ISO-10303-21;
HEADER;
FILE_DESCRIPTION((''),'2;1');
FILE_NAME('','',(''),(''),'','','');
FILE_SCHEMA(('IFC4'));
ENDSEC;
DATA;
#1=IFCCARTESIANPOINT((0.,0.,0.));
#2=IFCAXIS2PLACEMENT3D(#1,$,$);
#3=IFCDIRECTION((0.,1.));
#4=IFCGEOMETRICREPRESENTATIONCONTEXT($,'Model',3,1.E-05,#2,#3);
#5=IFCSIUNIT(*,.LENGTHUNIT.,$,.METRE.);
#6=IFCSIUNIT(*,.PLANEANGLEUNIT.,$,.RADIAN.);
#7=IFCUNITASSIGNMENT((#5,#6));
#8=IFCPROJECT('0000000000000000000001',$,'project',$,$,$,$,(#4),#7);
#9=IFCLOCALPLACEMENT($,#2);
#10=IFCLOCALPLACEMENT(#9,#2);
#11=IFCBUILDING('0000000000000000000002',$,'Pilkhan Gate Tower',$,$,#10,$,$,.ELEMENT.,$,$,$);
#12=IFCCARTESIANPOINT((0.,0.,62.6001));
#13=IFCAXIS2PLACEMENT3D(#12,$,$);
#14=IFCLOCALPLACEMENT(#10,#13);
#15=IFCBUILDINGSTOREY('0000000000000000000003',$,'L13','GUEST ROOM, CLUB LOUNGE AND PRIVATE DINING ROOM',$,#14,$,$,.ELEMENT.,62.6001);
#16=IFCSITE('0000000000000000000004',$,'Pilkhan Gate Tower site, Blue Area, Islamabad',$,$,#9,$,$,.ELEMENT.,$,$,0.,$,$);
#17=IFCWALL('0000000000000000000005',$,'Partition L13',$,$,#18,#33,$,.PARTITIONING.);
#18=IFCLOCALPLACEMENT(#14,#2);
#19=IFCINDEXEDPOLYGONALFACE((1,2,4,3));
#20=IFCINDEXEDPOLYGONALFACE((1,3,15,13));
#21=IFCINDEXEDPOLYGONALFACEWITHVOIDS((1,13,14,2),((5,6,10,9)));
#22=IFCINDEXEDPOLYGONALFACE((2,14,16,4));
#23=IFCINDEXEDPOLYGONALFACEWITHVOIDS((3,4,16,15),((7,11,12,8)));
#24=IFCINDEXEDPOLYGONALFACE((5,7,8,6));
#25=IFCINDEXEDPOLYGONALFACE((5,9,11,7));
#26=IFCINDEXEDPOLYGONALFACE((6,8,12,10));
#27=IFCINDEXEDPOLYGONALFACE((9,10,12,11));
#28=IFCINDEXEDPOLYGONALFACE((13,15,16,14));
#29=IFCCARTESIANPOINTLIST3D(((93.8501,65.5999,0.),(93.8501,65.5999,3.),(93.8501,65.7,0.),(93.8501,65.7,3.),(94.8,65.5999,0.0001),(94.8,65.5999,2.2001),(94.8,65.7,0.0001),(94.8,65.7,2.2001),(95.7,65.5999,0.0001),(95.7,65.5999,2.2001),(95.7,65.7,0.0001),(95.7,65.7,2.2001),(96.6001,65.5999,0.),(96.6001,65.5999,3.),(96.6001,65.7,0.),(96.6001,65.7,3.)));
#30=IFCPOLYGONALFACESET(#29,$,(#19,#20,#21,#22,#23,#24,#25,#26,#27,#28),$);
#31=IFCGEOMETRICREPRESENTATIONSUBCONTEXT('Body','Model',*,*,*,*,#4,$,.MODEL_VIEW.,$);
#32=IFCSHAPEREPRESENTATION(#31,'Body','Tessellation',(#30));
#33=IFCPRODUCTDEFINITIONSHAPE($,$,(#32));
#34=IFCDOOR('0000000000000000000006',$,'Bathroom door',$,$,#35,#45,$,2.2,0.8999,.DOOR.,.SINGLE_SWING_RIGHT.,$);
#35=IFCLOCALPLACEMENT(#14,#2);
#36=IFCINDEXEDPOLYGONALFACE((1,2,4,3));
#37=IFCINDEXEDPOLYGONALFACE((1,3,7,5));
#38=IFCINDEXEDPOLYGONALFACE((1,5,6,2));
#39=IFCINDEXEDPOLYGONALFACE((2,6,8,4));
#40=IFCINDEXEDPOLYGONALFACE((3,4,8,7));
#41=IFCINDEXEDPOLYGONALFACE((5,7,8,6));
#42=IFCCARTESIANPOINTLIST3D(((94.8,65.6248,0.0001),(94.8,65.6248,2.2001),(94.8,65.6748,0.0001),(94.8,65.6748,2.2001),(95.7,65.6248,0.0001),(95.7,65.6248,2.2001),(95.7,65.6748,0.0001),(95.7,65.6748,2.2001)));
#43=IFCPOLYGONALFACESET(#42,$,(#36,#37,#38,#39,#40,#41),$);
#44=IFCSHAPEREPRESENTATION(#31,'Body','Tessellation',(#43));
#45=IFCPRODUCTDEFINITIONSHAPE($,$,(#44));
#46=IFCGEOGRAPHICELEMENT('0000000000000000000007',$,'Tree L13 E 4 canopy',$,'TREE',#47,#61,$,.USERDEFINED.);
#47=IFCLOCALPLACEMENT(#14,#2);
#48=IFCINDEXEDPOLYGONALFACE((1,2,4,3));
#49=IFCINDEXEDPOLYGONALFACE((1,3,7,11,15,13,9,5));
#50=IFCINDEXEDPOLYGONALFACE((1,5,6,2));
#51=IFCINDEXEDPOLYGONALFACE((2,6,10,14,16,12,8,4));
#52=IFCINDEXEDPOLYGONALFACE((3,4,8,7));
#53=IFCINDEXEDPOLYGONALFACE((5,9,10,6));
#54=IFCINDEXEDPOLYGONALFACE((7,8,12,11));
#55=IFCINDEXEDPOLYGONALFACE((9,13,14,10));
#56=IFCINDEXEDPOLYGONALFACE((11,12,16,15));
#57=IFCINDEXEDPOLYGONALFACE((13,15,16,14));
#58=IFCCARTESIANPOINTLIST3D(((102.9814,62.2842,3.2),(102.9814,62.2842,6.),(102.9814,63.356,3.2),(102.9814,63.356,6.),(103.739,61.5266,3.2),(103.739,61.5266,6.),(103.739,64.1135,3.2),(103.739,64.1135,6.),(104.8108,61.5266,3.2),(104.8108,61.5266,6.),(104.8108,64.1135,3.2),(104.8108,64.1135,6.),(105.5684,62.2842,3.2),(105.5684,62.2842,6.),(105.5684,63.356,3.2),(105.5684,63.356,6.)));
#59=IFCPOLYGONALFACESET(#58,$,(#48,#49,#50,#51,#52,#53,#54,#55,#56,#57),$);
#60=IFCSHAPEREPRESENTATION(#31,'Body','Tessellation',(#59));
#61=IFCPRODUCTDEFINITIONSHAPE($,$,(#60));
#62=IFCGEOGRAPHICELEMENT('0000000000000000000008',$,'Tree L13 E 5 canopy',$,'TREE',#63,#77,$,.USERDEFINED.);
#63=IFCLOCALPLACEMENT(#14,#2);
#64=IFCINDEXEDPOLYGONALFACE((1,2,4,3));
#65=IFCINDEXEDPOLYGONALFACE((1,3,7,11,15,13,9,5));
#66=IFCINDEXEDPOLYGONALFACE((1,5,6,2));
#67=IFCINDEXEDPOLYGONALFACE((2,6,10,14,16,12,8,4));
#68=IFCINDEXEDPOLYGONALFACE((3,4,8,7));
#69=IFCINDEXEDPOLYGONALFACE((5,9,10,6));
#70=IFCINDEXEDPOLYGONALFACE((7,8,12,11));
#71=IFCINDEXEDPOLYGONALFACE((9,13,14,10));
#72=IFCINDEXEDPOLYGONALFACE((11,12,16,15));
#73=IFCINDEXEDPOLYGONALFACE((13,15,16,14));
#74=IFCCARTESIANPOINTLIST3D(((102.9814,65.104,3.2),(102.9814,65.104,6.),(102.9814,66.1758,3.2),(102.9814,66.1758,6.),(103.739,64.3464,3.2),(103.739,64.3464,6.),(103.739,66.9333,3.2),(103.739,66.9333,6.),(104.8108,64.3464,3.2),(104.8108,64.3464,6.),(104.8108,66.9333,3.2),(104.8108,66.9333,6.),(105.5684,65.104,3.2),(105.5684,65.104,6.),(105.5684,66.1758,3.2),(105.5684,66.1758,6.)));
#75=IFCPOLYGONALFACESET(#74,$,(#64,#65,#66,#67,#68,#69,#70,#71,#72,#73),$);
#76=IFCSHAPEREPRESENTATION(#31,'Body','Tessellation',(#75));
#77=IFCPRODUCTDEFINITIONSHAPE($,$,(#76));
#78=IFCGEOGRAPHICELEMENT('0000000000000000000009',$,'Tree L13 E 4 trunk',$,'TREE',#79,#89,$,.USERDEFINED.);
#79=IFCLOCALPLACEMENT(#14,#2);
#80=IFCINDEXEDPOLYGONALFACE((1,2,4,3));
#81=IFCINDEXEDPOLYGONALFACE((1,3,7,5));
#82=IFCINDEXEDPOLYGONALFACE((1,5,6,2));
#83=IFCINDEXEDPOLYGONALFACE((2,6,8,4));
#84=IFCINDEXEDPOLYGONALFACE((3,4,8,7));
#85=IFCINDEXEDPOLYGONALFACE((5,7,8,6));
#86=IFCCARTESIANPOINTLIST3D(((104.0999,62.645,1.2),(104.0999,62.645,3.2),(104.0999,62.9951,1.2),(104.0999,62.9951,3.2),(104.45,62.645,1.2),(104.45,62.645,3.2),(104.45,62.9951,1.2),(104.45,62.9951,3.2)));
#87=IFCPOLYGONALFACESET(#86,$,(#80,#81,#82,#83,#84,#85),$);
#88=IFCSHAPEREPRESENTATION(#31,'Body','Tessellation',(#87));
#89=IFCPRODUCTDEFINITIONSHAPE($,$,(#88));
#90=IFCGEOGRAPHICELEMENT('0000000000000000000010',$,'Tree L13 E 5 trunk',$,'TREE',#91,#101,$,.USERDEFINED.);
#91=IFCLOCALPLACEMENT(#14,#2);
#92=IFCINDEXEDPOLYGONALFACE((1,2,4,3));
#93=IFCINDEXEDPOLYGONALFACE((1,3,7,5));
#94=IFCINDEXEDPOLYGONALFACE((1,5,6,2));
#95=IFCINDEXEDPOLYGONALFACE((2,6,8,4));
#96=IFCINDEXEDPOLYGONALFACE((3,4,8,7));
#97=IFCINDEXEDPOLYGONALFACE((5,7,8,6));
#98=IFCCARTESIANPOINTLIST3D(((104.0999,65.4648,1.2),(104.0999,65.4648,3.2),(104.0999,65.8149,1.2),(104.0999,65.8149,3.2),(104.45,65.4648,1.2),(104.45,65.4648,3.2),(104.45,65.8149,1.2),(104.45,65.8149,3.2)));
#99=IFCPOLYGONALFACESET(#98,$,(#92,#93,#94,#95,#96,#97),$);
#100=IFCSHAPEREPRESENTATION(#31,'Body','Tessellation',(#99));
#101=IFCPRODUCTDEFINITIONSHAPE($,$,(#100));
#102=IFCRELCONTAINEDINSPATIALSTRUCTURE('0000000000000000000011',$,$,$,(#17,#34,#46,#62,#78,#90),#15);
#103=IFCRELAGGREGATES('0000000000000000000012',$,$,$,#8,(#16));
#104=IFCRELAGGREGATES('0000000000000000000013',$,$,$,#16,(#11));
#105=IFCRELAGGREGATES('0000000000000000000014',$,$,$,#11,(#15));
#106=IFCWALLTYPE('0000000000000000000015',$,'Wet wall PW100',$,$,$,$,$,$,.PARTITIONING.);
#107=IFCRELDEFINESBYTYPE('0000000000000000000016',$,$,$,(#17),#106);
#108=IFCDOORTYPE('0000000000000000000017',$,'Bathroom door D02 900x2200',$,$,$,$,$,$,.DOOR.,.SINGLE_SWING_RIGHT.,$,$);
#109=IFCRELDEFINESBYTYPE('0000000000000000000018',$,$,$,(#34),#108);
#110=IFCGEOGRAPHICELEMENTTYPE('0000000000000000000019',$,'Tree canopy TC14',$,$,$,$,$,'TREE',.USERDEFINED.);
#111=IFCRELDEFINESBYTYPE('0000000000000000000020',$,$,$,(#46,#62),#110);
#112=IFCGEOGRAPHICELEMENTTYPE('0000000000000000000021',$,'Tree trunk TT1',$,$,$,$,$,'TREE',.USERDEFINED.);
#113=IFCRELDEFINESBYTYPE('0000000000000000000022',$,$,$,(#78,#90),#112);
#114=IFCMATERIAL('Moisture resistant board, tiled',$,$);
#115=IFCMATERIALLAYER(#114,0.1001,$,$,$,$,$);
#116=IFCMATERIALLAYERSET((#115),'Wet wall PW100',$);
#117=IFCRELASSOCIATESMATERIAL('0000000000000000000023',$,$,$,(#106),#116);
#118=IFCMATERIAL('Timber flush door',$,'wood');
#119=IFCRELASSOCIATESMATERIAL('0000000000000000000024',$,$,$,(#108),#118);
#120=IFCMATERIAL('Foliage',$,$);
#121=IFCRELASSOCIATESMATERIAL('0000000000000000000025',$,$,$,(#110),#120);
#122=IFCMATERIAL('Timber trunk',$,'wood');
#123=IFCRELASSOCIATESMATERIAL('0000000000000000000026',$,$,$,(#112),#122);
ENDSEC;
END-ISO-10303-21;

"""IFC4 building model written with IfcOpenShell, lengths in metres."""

from ifc_helpers import new_model, si_unit, direction, frame, frame_2d, origin, origin_2d, place, context, subcontext, project, spatial, polyline, rectangle, outline, extrude, material, layer, layer_set, material_profile, profile_set, type_object, element, fill, save


model = new_model("IFC4")

# Units and contexts
model_context = context("Model", 3, precision=1e-05, world=origin(), true_north=direction((0.0, 1.0)))
body_context = subcontext(model_context, "Body", "Model", "MODEL_VIEW")
ifc_project = project(units=[si_unit("LENGTHUNIT", "METRE"), si_unit("PLANEANGLEUNIT", "RADIAN")], contexts=[model_context])

# Site, building, storey
site_placement = place(None, origin())
site = spatial("IfcSite", under=ifc_project, at=site_placement, Name="Pilkhan Gate Tower site, Blue Area, Islamabad", CompositionType="ELEMENT", RefElevation=0.0)
building_placement = place(site_placement, origin())
building = spatial("IfcBuilding", under=site, at=building_placement, Name="Pilkhan Gate Tower", CompositionType="ELEMENT")
storey_placement = place(building_placement, frame((0.0, 0.0, 62.6001)))
storey = spatial("IfcBuildingStorey", under=building, at=storey_placement, Name="L13", Description="GUEST ROOM, CLUB LOUNGE AND PRIVATE DINING ROOM", CompositionType="ELEMENT", Elevation=62.6001)

# Shared definitions
ifc_material_1 = material(Name="Moisture resistant board, tiled")
ifc_layer_1 = layer(ifc_material_1, 0.1001)
ifc_layer_set_1 = layer_set([ifc_layer_1], Name="Wet wall PW100")
wall_type_1 = type_object("IfcWallType", Name="Wet wall PW100", PredefinedType="PARTITIONING", material=ifc_layer_set_1)

# Wall, opening, door
wall_1_placement = place(storey_placement, frame((93.8501, 65.6499, 0.0), z_axis=(0.0, 0.0, 1.0), x_axis=(1.0, 0.0, 0.0)))
wall_1 = element("IfcWall", 1, at=wall_1_placement, inside=storey, type_object=wall_type_1, Name="Partition L13", PredefinedType="PARTITIONING", context=body_context, shape_type="SweptSolid", body=[
    extrude(rectangle(XDim=2.75, YDim=0.1001, at=frame_2d((1.375, 0.0))), origin(), (0.0, 0.0, 1.0), 3.0),
])
opening_placement = place(wall_1_placement, frame((0.95, 0.0, 0.0)))
opening = element("IfcOpeningElement", 2, at=opening_placement, cuts=wall_1, PredefinedType="OPENING", context=body_context, shape_type="SweptSolid", body=[
    extrude(rectangle(XDim=0.8999, YDim=2.2, at=frame_2d((0.45, 1.1001))), frame((0.0, 0.0601, 0.0), z_axis=(0.0, -1.0, 0.0), x_axis=(1.0, 0.0, 0.0)), (0.0, 0.0, 1.0), 0.1201),
])
ifc_material_2 = material(Name="Timber flush door", Category="wood")
door_type = type_object("IfcDoorType", Name="Bathroom door D02 900x2200", OperationType="SINGLE_SWING_RIGHT", PredefinedType="DOOR", material=ifc_material_2)
door_placement = place(opening_placement, origin())
door = element("IfcDoor", 3, at=door_placement, inside=storey, type_object=door_type, Name="Bathroom door", OperationType="SINGLE_SWING_RIGHT", OverallHeight=2.2, OverallWidth=0.8999, PredefinedType="DOOR", context=body_context, shape_type="SweptSolid", body=[
    extrude(rectangle(XDim=0.8999, YDim=2.2, at=frame_2d((0.45, 1.1001))), frame((0.0, 0.0249, 0.0), z_axis=(0.0, -1.0, 0.0), x_axis=(1.0, 0.0, 0.0)), (0.0, 0.0, 1.0), 0.05),
])
fill(opening, door)

# Geographic elements
ifc_material_3 = material(Name="Foliage")
ifc_material_profile_1 = material_profile(ifc_material_3, outline(polyline([(1.2935, 0.5359), (0.5359, 1.2935), (-0.5359, 1.2935), (-1.2935, 0.5359), (-1.2935, -0.5359), (-0.5359, -1.2935), (0.5359, -1.2935), (1.2935, -0.5359), (1.2935, 0.5359)])), Name="Canopy D2.8")
ifc_profile_set_1 = profile_set([ifc_material_profile_1], Name="Foliage")
geographic_element_type_1 = type_object("IfcGeographicElementType", Name="Tree canopy TC14", ElementType="TREE", PredefinedType="USERDEFINED", material=ifc_profile_set_1)
for number, where, z_axis, x_axis, name in (
    (4, (104.2749, 62.8201, 3.2), (0.0, 0.0, 1.0), (1.0, 0.0, 0.0), "Tree L13 E 4 canopy"),
    (5, (104.2749, 65.6399, 3.2), (0.0, 0.0, 1.0), (1.0, 0.0, 0.0), "Tree L13 E 5 canopy"),
):
    element("IfcGeographicElement", number, at=place(storey_placement, frame(where, z_axis=z_axis, x_axis=x_axis)), inside=storey, type_object=geographic_element_type_1, Name=name, ObjectType="TREE", PredefinedType="USERDEFINED", context=body_context, shape_type="SweptSolid", body=[
        extrude(outline(polyline([(1.2935, 0.5359), (0.5359, 1.2935), (-0.5359, 1.2935), (-1.2935, 0.5359), (-1.2935, -0.5359), (-0.5359, -1.2935), (0.5359, -1.2935), (1.2935, -0.5359), (1.2935, 0.5359)])), origin(), (0.0, 0.0, 1.0), 2.8),
    ])
ifc_material_4 = material(Name="Timber trunk", Category="wood")
geographic_element_type_2 = type_object("IfcGeographicElementType", Name="Tree trunk TT1", ElementType="TREE", PredefinedType="USERDEFINED", material=ifc_material_4)
for number, where, z_axis, x_axis, name in (
    (6, (104.2749, 62.8201, 1.2), (0.0, 0.0, 1.0), (1.0, 0.0, 0.0), "Tree L13 E 4 trunk"),
    (7, (104.2749, 65.6399, 1.2), (0.0, 0.0, 1.0), (1.0, 0.0, 0.0), "Tree L13 E 5 trunk"),
):
    element("IfcGeographicElement", number, at=place(storey_placement, frame(where, z_axis=z_axis, x_axis=x_axis)), inside=storey, type_object=geographic_element_type_2, Name=name, ObjectType="TREE", PredefinedType="USERDEFINED", context=body_context, shape_type="SweptSolid", body=[
        extrude(rectangle(XDim=0.3501, YDim=0.3501, at=origin_2d()), origin(), (0.0, 0.0, 1.0), 2.0),
    ])

save(model, "model.ifc")
